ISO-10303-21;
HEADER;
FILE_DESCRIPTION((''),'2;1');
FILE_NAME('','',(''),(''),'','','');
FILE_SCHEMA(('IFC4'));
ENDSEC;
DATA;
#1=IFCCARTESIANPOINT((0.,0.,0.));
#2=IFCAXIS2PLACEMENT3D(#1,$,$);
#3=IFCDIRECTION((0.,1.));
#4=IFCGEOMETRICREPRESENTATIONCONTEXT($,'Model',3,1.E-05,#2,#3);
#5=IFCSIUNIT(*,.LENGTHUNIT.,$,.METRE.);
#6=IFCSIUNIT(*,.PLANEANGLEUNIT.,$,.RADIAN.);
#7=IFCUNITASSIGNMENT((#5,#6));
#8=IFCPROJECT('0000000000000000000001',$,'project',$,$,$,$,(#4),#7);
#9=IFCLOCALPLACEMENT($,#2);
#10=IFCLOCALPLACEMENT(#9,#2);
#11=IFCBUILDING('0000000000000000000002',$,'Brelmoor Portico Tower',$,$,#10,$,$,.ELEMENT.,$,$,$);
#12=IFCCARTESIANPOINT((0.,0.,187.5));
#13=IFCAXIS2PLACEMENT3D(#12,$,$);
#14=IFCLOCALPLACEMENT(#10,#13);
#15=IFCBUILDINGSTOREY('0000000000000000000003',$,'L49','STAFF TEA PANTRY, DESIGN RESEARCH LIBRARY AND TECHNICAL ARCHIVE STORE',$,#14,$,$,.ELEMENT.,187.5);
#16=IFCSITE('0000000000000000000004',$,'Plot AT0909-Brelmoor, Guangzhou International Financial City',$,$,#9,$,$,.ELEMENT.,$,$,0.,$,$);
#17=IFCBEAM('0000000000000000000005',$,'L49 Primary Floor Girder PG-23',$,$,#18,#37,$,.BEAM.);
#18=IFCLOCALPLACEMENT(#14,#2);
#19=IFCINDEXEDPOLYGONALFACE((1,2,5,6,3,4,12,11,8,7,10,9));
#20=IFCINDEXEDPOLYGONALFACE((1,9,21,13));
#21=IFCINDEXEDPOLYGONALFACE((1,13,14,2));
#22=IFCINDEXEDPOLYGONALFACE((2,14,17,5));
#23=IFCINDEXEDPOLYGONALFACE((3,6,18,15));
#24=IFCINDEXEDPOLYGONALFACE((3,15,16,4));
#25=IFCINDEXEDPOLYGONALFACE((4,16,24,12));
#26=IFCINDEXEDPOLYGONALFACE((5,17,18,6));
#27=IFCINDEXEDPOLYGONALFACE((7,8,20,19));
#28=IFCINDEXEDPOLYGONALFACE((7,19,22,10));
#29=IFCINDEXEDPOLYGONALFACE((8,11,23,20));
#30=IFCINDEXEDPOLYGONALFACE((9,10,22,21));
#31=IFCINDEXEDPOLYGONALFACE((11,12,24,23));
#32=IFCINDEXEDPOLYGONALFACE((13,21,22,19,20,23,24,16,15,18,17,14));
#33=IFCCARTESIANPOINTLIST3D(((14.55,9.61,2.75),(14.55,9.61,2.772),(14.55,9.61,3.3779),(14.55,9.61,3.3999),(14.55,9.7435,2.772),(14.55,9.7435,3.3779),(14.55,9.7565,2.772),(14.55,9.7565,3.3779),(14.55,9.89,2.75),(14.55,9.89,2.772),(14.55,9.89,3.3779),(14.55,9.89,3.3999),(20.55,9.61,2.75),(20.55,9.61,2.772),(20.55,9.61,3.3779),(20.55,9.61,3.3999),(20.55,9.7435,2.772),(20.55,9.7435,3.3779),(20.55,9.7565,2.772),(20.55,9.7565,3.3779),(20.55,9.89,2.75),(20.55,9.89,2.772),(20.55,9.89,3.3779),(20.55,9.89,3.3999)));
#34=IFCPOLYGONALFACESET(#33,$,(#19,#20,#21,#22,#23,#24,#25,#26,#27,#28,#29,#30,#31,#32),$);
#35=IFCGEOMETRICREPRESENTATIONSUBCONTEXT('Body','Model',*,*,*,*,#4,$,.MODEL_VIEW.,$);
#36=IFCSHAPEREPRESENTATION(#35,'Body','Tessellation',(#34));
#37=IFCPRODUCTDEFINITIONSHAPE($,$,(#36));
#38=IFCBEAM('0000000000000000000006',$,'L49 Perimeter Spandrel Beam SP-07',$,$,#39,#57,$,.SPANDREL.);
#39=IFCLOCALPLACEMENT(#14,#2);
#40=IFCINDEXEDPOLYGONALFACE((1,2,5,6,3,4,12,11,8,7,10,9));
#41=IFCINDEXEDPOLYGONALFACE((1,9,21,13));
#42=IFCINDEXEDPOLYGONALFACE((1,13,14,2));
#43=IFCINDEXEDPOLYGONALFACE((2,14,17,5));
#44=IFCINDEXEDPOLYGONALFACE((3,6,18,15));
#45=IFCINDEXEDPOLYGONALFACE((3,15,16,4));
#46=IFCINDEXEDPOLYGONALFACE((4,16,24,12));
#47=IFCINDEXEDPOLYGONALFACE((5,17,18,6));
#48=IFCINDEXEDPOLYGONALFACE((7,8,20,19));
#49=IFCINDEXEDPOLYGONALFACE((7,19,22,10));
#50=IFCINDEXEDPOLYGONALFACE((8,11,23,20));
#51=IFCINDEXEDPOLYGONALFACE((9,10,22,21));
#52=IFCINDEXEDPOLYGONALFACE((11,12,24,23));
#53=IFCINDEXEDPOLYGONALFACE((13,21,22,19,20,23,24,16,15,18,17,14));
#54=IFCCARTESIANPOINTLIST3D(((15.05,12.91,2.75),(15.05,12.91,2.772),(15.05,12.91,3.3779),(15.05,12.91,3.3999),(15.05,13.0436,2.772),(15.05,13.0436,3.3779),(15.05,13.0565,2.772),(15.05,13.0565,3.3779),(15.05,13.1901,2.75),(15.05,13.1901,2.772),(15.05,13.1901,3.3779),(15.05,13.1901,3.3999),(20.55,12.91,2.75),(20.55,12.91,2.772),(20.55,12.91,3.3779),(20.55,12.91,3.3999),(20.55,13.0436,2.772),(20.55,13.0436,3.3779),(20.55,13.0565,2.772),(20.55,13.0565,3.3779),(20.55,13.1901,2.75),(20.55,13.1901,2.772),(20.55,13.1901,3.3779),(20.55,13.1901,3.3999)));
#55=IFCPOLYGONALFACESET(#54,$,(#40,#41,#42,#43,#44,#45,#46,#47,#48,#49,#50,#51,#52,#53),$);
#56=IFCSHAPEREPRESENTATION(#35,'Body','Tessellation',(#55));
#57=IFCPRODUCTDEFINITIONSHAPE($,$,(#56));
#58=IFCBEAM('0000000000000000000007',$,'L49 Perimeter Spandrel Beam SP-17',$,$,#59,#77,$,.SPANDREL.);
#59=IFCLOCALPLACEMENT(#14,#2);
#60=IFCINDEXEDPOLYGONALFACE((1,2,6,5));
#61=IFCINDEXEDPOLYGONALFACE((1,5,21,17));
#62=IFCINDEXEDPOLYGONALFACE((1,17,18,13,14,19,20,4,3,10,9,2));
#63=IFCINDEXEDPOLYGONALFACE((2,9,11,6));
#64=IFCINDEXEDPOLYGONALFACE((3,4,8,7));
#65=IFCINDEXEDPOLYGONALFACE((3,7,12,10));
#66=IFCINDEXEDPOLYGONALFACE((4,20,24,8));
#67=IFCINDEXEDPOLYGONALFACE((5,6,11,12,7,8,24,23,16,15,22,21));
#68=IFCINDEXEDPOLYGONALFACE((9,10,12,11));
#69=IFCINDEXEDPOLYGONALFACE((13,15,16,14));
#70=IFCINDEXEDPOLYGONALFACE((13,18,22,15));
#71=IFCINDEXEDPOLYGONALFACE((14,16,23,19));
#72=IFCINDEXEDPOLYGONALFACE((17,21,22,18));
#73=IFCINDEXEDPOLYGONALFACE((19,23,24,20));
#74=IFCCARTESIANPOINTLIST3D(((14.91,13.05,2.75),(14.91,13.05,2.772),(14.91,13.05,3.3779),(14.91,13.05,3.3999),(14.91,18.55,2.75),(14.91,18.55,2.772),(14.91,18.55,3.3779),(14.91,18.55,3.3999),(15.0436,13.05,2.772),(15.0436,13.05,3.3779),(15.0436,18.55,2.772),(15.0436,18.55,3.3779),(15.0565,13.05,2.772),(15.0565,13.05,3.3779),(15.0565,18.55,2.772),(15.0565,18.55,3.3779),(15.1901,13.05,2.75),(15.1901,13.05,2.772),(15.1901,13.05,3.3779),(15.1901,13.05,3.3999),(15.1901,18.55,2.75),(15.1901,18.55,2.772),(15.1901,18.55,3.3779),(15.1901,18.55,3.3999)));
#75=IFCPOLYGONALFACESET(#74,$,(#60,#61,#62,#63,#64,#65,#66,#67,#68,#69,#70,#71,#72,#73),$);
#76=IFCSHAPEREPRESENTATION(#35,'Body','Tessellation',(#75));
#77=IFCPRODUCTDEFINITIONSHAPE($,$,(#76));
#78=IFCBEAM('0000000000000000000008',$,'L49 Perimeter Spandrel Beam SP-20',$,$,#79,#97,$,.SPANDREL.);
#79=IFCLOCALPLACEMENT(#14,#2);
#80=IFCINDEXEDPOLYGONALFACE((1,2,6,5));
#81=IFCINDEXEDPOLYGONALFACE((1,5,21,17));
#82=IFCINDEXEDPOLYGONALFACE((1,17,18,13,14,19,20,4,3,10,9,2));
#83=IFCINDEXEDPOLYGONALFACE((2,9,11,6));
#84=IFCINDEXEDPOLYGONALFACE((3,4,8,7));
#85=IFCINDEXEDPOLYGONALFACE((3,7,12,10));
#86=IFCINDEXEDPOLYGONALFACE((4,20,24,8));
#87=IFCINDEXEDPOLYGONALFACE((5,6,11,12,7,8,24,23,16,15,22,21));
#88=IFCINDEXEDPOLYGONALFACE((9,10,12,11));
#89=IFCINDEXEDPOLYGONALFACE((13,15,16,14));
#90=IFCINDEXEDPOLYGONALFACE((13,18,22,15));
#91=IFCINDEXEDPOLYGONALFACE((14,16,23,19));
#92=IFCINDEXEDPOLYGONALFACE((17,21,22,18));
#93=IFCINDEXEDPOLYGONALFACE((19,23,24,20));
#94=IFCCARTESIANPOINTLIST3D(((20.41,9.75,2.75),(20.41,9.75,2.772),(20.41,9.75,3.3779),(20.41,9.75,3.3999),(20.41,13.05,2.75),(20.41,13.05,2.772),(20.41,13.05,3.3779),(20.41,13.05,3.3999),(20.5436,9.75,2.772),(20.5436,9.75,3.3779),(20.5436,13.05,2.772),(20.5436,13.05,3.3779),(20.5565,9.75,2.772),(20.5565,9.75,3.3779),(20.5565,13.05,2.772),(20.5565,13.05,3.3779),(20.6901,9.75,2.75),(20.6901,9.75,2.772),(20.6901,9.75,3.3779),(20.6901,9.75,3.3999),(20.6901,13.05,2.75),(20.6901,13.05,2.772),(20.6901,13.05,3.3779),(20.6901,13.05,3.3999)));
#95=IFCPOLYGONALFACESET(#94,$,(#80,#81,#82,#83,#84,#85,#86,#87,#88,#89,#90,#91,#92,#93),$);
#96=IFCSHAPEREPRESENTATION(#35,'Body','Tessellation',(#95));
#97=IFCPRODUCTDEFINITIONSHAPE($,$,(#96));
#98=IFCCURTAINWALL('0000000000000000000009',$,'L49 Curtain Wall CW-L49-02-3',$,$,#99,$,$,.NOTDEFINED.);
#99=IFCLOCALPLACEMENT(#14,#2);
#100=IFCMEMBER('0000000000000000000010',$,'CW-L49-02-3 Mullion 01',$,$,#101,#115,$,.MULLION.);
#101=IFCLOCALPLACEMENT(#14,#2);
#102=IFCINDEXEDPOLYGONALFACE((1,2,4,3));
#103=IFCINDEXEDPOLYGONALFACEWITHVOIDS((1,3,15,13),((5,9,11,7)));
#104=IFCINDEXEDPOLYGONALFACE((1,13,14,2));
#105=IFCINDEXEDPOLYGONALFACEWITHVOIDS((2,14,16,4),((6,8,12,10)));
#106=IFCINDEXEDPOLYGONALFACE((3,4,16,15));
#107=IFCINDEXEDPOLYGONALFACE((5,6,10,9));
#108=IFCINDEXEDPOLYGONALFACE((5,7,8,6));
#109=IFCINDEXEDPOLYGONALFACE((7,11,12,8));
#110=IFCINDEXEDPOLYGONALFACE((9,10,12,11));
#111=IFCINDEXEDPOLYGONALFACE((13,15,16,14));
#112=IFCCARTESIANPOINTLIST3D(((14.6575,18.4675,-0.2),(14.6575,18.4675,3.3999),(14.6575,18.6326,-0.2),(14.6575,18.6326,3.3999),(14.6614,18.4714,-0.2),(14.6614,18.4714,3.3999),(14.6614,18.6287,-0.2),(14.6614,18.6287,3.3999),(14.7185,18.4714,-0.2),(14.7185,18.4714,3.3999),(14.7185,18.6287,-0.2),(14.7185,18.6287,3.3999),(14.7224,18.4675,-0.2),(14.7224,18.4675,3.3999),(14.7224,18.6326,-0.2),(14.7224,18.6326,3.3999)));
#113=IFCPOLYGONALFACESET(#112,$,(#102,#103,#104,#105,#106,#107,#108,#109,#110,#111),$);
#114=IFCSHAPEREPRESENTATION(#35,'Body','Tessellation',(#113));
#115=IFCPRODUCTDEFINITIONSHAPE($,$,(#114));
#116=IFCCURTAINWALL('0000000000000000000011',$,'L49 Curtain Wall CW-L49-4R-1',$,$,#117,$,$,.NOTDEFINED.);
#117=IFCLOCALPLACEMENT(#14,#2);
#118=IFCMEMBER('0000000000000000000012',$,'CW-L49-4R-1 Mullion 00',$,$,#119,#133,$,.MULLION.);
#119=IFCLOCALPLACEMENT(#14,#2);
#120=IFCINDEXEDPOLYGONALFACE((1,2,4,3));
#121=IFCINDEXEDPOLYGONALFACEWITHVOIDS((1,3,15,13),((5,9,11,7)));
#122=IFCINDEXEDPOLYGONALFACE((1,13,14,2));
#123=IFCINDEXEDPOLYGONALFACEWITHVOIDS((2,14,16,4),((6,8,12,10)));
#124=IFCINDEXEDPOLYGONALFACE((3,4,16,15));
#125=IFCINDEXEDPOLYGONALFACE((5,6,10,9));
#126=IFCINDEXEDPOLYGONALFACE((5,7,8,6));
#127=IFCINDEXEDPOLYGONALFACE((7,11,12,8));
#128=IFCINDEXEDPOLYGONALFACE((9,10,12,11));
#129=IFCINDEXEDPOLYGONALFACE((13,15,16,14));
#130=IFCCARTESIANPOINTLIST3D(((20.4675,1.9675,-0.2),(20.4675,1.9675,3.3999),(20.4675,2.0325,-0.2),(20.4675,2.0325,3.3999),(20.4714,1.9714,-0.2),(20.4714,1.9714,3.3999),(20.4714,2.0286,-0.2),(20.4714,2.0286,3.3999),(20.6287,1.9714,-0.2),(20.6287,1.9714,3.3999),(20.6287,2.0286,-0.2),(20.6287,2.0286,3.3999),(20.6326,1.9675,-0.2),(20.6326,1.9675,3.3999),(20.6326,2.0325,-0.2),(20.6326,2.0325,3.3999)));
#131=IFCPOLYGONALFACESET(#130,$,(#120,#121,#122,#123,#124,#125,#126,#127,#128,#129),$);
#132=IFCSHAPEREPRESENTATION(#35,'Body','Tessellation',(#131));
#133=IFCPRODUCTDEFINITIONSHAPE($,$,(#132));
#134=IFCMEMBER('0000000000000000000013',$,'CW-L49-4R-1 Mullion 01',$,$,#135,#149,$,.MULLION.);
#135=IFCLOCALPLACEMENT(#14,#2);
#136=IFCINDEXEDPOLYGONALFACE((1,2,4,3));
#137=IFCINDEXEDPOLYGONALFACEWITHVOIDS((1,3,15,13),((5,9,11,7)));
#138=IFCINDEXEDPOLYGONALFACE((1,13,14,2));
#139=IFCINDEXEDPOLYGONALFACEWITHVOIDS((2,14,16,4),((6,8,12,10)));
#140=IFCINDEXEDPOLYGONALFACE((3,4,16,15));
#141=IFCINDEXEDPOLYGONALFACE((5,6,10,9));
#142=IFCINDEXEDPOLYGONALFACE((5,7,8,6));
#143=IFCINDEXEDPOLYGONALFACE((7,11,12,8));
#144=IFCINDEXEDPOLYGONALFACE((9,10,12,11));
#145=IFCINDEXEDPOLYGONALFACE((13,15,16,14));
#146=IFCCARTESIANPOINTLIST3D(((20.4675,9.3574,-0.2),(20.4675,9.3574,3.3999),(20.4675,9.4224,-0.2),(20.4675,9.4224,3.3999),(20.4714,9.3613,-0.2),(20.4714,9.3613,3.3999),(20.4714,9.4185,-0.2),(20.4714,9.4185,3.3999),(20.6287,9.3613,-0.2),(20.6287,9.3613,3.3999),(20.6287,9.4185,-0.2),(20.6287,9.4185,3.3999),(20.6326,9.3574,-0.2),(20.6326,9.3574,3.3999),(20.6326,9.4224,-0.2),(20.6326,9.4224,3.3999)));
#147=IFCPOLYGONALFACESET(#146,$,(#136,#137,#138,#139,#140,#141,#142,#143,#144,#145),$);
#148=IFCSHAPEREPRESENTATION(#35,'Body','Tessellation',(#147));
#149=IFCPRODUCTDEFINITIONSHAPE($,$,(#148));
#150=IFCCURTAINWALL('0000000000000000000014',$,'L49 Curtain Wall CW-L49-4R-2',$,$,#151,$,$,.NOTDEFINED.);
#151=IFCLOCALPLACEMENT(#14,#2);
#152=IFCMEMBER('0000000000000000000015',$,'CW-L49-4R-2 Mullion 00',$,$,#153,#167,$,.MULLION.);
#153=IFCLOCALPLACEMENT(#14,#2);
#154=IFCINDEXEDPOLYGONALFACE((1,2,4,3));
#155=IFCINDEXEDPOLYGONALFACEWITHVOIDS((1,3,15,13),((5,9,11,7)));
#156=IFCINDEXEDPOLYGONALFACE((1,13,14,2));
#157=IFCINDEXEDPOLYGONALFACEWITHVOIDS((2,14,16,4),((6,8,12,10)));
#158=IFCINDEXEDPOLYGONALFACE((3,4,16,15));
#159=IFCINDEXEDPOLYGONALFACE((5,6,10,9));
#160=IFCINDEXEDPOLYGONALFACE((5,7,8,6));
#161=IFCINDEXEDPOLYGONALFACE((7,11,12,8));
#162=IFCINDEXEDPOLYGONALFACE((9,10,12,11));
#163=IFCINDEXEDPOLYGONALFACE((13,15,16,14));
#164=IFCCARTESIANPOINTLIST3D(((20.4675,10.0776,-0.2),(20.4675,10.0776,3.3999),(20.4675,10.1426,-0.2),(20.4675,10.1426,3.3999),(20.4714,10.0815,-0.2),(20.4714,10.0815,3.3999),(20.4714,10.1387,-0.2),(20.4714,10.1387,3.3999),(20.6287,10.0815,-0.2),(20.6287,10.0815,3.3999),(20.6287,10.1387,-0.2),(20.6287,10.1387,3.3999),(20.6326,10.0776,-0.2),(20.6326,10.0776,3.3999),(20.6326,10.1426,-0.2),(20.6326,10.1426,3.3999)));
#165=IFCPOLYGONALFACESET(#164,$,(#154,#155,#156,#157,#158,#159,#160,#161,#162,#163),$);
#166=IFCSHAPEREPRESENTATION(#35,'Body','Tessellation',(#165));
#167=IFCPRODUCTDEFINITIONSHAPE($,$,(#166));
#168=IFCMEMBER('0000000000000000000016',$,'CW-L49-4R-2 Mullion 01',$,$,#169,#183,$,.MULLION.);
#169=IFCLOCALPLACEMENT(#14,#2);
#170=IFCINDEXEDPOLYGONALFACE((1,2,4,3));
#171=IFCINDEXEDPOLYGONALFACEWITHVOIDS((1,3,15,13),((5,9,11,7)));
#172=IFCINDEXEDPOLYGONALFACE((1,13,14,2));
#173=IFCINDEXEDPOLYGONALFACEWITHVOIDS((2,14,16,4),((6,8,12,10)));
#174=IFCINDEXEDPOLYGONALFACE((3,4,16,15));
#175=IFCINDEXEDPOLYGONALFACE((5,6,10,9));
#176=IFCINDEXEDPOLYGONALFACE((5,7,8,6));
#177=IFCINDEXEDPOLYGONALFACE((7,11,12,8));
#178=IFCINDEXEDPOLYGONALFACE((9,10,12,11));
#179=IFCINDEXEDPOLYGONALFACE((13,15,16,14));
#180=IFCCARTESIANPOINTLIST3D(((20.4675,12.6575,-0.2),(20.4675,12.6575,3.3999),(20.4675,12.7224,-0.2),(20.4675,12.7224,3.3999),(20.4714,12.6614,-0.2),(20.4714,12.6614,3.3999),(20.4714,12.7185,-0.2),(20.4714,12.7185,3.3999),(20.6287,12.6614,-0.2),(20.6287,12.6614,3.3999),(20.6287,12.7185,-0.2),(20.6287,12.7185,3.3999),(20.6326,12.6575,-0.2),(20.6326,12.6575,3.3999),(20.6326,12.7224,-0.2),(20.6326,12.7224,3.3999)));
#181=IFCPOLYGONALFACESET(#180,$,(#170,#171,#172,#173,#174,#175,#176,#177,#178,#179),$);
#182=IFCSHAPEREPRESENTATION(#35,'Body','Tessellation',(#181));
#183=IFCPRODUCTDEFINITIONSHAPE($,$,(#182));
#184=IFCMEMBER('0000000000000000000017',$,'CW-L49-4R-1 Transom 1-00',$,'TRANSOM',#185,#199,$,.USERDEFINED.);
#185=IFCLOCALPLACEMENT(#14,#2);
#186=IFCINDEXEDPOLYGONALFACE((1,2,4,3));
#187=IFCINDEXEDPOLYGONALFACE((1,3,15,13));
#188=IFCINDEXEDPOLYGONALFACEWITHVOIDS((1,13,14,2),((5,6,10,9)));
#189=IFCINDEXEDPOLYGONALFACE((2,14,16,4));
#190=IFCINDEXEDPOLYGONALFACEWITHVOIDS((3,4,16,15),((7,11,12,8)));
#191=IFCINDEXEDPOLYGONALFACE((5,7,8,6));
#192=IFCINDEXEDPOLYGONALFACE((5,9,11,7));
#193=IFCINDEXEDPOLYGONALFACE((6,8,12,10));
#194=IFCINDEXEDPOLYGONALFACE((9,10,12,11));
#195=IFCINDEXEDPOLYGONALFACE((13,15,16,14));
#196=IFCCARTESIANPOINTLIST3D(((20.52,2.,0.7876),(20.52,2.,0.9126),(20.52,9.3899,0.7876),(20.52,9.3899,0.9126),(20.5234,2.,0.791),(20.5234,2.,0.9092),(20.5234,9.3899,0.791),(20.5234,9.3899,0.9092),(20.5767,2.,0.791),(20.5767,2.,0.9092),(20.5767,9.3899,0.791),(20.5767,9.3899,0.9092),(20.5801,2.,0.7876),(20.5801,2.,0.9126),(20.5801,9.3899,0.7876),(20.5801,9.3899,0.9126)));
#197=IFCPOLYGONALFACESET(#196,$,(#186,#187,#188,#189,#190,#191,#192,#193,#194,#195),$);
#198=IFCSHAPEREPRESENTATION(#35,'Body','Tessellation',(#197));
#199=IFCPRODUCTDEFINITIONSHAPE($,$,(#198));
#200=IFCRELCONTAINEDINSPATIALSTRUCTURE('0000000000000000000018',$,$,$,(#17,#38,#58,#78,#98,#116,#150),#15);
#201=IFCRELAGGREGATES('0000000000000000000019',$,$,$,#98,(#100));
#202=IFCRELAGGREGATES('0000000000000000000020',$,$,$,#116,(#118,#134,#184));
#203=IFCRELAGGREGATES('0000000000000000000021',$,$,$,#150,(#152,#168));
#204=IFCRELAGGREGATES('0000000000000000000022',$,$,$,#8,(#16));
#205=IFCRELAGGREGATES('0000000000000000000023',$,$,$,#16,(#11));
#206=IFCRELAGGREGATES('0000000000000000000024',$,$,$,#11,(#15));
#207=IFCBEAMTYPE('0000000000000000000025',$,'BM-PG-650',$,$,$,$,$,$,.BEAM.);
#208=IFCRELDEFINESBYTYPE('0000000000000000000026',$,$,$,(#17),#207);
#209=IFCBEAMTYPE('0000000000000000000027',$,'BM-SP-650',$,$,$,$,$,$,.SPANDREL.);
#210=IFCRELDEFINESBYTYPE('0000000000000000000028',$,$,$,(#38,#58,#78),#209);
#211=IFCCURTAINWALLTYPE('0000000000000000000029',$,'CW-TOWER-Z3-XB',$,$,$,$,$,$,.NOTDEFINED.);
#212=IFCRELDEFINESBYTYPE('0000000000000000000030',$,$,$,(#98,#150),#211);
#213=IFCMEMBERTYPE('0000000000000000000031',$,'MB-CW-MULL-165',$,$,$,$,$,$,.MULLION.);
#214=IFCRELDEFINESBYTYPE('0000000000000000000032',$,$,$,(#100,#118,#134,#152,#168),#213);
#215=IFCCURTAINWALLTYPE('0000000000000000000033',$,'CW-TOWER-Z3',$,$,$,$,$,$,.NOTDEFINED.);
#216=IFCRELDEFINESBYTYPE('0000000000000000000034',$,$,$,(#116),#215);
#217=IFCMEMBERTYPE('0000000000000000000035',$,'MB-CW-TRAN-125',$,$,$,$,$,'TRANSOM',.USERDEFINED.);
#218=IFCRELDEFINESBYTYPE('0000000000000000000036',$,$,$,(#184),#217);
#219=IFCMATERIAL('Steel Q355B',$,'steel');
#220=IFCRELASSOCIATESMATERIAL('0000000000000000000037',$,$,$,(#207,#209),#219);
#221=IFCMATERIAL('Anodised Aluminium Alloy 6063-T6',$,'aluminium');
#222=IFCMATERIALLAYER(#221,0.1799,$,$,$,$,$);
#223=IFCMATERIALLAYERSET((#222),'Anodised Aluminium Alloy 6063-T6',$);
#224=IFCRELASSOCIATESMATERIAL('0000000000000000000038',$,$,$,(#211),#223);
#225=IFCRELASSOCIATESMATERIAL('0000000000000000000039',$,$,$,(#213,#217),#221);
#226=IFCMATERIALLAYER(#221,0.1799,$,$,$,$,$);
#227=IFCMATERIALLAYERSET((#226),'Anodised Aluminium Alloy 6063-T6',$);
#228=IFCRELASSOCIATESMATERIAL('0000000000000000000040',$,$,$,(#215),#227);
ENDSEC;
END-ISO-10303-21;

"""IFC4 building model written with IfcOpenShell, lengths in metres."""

from ifc_helpers import new_model, si_unit, direction, frame, origin, origin_2d, place, context, subcontext, project, spatial, hollow_rectangle, i_section, extrude, material, layer, layer_set, material_profile, profile_set, type_object, element, aggregate, save


model = new_model("IFC4")

# Units and contexts
model_context = context("Model", 3, precision=1e-05, world=origin(), true_north=direction((0.0, 1.0)))
body_context = subcontext(model_context, "Body", "Model", "MODEL_VIEW")
ifc_project = project(units=[si_unit("LENGTHUNIT", "METRE"), si_unit("PLANEANGLEUNIT", "RADIAN")], contexts=[model_context])

# Site, building, storey
site_placement = place(None, origin())
site = spatial("IfcSite", under=ifc_project, at=site_placement, Name="Plot AT0909-Brelmoor, Guangzhou International Financial City", CompositionType="ELEMENT", RefElevation=0.0)
building_placement = place(site_placement, origin())
building = spatial("IfcBuilding", under=site, at=building_placement, Name="Brelmoor Portico Tower", CompositionType="ELEMENT")
storey_placement = place(building_placement, frame((0.0, 0.0, 187.5)))
storey = spatial("IfcBuildingStorey", under=building, at=storey_placement, Name="L49", Description="STAFF TEA PANTRY, DESIGN RESEARCH LIBRARY AND TECHNICAL ARCHIVE STORE", CompositionType="ELEMENT", Elevation=187.5)

# Shared definitions
ifc_material_1 = material(Name="Steel Q355B", Category="steel")

# Beams
ifc_material_profile_1 = material_profile(ifc_material_1, i_section(OverallWidth=0.28, OverallDepth=0.6499, WebThickness=0.0129, FlangeThickness=0.022, at=origin_2d()), Name="HN 650x280x13x22")
ifc_profile_set_1 = profile_set([ifc_material_profile_1], Name="Steel Q355B")
beam_type_1 = type_object("IfcBeamType", Name="BM-PG-650", PredefinedType="BEAM", material=ifc_profile_set_1)
beam_1_placement = place(storey_placement, frame((14.55, 9.75, 3.075), z_axis=(1.0, 0.0, 0.0), x_axis=(0.0, 1.0, 0.0)))
element("IfcBeam", 1, at=beam_1_placement, inside=storey, type_object=beam_type_1, Name="L49 Primary Floor Girder PG-23", PredefinedType="BEAM", context=body_context, shape_type="SweptSolid", body=[
    extrude(i_section(OverallWidth=0.28, OverallDepth=0.6499, WebThickness=0.0129, FlangeThickness=0.022, at=origin_2d()), origin(), (0.0, 0.0, 1.0), 6.0),
])
ifc_material_profile_2 = material_profile(ifc_material_1, i_section(OverallWidth=0.28, OverallDepth=0.6499, WebThickness=0.0129, FlangeThickness=0.022, at=origin_2d()), Name="HN 650x280x13x22")
ifc_profile_set_2 = profile_set([ifc_material_profile_2], Name="Steel Q355B")
beam_type_2 = type_object("IfcBeamType", Name="BM-SP-650", PredefinedType="SPANDREL", material=ifc_profile_set_2)
for number, where, z_axis, x_axis, name in (
    (2, (15.05, 13.05, 3.075), (1.0, 0.0, 0.0), (0.0, 1.0, 0.0), "L49 Perimeter Spandrel Beam SP-07"),
    (3, (15.05, 13.05, 3.075), (0.0, 1.0, 0.0), (-1.0, 0.0, 0.0), "L49 Perimeter Spandrel Beam SP-17"),
):
    element("IfcBeam", number, at=place(storey_placement, frame(where, z_axis=z_axis, x_axis=x_axis)), inside=storey, type_object=beam_type_2, Name=name, PredefinedType="SPANDREL", context=body_context, shape_type="SweptSolid", body=[
        extrude(i_section(OverallWidth=0.28, OverallDepth=0.6499, WebThickness=0.0129, FlangeThickness=0.022, at=origin_2d()), origin(), (0.0, 0.0, 1.0), 5.5),
    ])
beam_2_placement = place(storey_placement, frame((20.55, 9.75, 3.075), z_axis=(0.0, 1.0, 0.0), x_axis=(-1.0, 0.0, 0.0)))
element("IfcBeam", 4, at=beam_2_placement, inside=storey, type_object=beam_type_2, Name="L49 Perimeter Spandrel Beam SP-20", PredefinedType="SPANDREL", context=body_context, shape_type="SweptSolid", body=[
    extrude(i_section(OverallWidth=0.28, OverallDepth=0.6499, WebThickness=0.0129, FlangeThickness=0.022, at=origin_2d()), origin(), (0.0, 0.0, 1.0), 3.3),
])

# Curtain wall, member
ifc_material_2 = material(Name="Anodised Aluminium Alloy 6063-T6", Category="aluminium")
ifc_layer_1 = layer(ifc_material_2, 0.1799)
ifc_layer_set_1 = layer_set([ifc_layer_1], Name="Anodised Aluminium Alloy 6063-T6")
curtain_wall_type_1 = type_object("IfcCurtainWallType", Name="CW-TOWER-Z3-XB", PredefinedType="NOTDEFINED", material=ifc_layer_set_1)
curtain_wall_1_placement = place(storey_placement, origin())
curtain_wall_1 = element("IfcCurtainWall", 5, at=curtain_wall_1_placement, inside=storey, type_object=curtain_wall_type_1, Name="L49 Curtain Wall CW-L49-02-3", PredefinedType="NOTDEFINED")
ifc_material_profile_3 = material_profile(ifc_material_2, hollow_rectangle(XDim=0.0649, YDim=0.165, WallThickness=0.0039, at=origin_2d()), Name="ALU MULLION 65x165")
ifc_profile_set_3 = profile_set([ifc_material_profile_3], Name="Anodised Aluminium Alloy 6063-T6")
member_type_1 = type_object("IfcMemberType", Name="MB-CW-MULL-165", PredefinedType="MULLION", material=ifc_profile_set_3)
member_1_placement = place(storey_placement, frame((14.6899, 18.55, -0.2), z_axis=(0.0, 0.0, 1.0), x_axis=(1.0, 0.0, 0.0)))
member_1 = element("IfcMember", 6, at=member_1_placement, type_object=member_type_1, Name="CW-L49-02-3 Mullion 01", PredefinedType="MULLION", context=body_context, shape_type="SweptSolid", body=[
    extrude(hollow_rectangle(XDim=0.0649, YDim=0.165, WallThickness=0.0039, at=origin_2d()), origin(), (0.0, 0.0, 1.0), 3.5999),
])
aggregate(curtain_wall_1, [member_1])

# Curtain walls, members
ifc_layer_2 = layer(ifc_material_2, 0.1799)
ifc_layer_set_2 = layer_set([ifc_layer_2], Name="Anodised Aluminium Alloy 6063-T6")
curtain_wall_type_2 = type_object("IfcCurtainWallType", Name="CW-TOWER-Z3", PredefinedType="NOTDEFINED", material=ifc_layer_set_2)
curtain_wall_2_placement = place(storey_placement, origin())
curtain_wall_2 = element("IfcCurtainWall", 7, at=curtain_wall_2_placement, inside=storey, type_object=curtain_wall_type_2, Name="L49 Curtain Wall CW-L49-4R-1", PredefinedType="NOTDEFINED")
member_2_placement = place(storey_placement, frame((20.55, 2.0, -0.2), z_axis=(0.0, 0.0, 1.0), x_axis=(0.0, 1.0, 0.0)))
member_2 = element("IfcMember", 8, at=member_2_placement, type_object=member_type_1, Name="CW-L49-4R-1 Mullion 00", PredefinedType="MULLION", context=body_context, shape_type="SweptSolid", body=[
    extrude(hollow_rectangle(XDim=0.0649, YDim=0.165, WallThickness=0.0039, at=origin_2d()), origin(), (0.0, 0.0, 1.0), 3.5999),
])
member_3_placement = place(storey_placement, frame((20.55, 9.3899, -0.2), z_axis=(0.0, 0.0, 1.0), x_axis=(0.0, 1.0, 0.0)))
member_3 = element("IfcMember", 9, at=member_3_placement, type_object=member_type_1, Name="CW-L49-4R-1 Mullion 01", PredefinedType="MULLION", context=body_context, shape_type="SweptSolid", body=[
    extrude(hollow_rectangle(XDim=0.0649, YDim=0.165, WallThickness=0.0039, at=origin_2d()), origin(), (0.0, 0.0, 1.0), 3.5999),
])
curtain_wall_3_placement = place(storey_placement, origin())
curtain_wall_3 = element("IfcCurtainWall", 10, at=curtain_wall_3_placement, inside=storey, type_object=curtain_wall_type_1, Name="L49 Curtain Wall CW-L49-4R-2", PredefinedType="NOTDEFINED")
member_4_placement = place(storey_placement, frame((20.55, 10.1101, -0.2), z_axis=(0.0, 0.0, 1.0), x_axis=(0.0, 1.0, 0.0)))
member_4 = element("IfcMember", 11, at=member_4_placement, type_object=member_type_1, Name="CW-L49-4R-2 Mullion 00", PredefinedType="MULLION", context=body_context, shape_type="SweptSolid", body=[
    extrude(hollow_rectangle(XDim=0.0649, YDim=0.165, WallThickness=0.0039, at=origin_2d()), origin(), (0.0, 0.0, 1.0), 3.5999),
])
member_5_placement = place(storey_placement, frame((20.55, 12.6899, -0.2), z_axis=(0.0, 0.0, 1.0), x_axis=(0.0, 1.0, 0.0)))
member_5 = element("IfcMember", 12, at=member_5_placement, type_object=member_type_1, Name="CW-L49-4R-2 Mullion 01", PredefinedType="MULLION", context=body_context, shape_type="SweptSolid", body=[
    extrude(hollow_rectangle(XDim=0.0649, YDim=0.165, WallThickness=0.0039, at=origin_2d()), origin(), (0.0, 0.0, 1.0), 3.5999),
])

# Member
ifc_material_profile_4 = material_profile(ifc_material_2, hollow_rectangle(XDim=0.0601, YDim=0.125, WallThickness=0.0034, at=origin_2d()), Name="ALU TRANSOM 60x125")
ifc_profile_set_4 = profile_set([ifc_material_profile_4], Name="Anodised Aluminium Alloy 6063-T6")
member_type_2 = type_object("IfcMemberType", Name="MB-CW-TRAN-125", ElementType="TRANSOM", PredefinedType="USERDEFINED", material=ifc_profile_set_4)
member_6_placement = place(storey_placement, frame((20.55, 2.0, 0.8501), z_axis=(0.0, 1.0, 0.0), x_axis=(-1.0, 0.0, 0.0)))
member_6 = element("IfcMember", 13, at=member_6_placement, type_object=member_type_2, Name="CW-L49-4R-1 Transom 1-00", ObjectType="TRANSOM", PredefinedType="USERDEFINED", context=body_context, shape_type="SweptSolid", body=[
    extrude(hollow_rectangle(XDim=0.0601, YDim=0.125, WallThickness=0.0034, at=origin_2d()), origin(), (0.0, 0.0, 1.0), 7.3899),
])

aggregate(curtain_wall_2, [member_2, member_3, member_6])
aggregate(curtain_wall_3, [member_4, member_5])

save(model, "model.ifc")
